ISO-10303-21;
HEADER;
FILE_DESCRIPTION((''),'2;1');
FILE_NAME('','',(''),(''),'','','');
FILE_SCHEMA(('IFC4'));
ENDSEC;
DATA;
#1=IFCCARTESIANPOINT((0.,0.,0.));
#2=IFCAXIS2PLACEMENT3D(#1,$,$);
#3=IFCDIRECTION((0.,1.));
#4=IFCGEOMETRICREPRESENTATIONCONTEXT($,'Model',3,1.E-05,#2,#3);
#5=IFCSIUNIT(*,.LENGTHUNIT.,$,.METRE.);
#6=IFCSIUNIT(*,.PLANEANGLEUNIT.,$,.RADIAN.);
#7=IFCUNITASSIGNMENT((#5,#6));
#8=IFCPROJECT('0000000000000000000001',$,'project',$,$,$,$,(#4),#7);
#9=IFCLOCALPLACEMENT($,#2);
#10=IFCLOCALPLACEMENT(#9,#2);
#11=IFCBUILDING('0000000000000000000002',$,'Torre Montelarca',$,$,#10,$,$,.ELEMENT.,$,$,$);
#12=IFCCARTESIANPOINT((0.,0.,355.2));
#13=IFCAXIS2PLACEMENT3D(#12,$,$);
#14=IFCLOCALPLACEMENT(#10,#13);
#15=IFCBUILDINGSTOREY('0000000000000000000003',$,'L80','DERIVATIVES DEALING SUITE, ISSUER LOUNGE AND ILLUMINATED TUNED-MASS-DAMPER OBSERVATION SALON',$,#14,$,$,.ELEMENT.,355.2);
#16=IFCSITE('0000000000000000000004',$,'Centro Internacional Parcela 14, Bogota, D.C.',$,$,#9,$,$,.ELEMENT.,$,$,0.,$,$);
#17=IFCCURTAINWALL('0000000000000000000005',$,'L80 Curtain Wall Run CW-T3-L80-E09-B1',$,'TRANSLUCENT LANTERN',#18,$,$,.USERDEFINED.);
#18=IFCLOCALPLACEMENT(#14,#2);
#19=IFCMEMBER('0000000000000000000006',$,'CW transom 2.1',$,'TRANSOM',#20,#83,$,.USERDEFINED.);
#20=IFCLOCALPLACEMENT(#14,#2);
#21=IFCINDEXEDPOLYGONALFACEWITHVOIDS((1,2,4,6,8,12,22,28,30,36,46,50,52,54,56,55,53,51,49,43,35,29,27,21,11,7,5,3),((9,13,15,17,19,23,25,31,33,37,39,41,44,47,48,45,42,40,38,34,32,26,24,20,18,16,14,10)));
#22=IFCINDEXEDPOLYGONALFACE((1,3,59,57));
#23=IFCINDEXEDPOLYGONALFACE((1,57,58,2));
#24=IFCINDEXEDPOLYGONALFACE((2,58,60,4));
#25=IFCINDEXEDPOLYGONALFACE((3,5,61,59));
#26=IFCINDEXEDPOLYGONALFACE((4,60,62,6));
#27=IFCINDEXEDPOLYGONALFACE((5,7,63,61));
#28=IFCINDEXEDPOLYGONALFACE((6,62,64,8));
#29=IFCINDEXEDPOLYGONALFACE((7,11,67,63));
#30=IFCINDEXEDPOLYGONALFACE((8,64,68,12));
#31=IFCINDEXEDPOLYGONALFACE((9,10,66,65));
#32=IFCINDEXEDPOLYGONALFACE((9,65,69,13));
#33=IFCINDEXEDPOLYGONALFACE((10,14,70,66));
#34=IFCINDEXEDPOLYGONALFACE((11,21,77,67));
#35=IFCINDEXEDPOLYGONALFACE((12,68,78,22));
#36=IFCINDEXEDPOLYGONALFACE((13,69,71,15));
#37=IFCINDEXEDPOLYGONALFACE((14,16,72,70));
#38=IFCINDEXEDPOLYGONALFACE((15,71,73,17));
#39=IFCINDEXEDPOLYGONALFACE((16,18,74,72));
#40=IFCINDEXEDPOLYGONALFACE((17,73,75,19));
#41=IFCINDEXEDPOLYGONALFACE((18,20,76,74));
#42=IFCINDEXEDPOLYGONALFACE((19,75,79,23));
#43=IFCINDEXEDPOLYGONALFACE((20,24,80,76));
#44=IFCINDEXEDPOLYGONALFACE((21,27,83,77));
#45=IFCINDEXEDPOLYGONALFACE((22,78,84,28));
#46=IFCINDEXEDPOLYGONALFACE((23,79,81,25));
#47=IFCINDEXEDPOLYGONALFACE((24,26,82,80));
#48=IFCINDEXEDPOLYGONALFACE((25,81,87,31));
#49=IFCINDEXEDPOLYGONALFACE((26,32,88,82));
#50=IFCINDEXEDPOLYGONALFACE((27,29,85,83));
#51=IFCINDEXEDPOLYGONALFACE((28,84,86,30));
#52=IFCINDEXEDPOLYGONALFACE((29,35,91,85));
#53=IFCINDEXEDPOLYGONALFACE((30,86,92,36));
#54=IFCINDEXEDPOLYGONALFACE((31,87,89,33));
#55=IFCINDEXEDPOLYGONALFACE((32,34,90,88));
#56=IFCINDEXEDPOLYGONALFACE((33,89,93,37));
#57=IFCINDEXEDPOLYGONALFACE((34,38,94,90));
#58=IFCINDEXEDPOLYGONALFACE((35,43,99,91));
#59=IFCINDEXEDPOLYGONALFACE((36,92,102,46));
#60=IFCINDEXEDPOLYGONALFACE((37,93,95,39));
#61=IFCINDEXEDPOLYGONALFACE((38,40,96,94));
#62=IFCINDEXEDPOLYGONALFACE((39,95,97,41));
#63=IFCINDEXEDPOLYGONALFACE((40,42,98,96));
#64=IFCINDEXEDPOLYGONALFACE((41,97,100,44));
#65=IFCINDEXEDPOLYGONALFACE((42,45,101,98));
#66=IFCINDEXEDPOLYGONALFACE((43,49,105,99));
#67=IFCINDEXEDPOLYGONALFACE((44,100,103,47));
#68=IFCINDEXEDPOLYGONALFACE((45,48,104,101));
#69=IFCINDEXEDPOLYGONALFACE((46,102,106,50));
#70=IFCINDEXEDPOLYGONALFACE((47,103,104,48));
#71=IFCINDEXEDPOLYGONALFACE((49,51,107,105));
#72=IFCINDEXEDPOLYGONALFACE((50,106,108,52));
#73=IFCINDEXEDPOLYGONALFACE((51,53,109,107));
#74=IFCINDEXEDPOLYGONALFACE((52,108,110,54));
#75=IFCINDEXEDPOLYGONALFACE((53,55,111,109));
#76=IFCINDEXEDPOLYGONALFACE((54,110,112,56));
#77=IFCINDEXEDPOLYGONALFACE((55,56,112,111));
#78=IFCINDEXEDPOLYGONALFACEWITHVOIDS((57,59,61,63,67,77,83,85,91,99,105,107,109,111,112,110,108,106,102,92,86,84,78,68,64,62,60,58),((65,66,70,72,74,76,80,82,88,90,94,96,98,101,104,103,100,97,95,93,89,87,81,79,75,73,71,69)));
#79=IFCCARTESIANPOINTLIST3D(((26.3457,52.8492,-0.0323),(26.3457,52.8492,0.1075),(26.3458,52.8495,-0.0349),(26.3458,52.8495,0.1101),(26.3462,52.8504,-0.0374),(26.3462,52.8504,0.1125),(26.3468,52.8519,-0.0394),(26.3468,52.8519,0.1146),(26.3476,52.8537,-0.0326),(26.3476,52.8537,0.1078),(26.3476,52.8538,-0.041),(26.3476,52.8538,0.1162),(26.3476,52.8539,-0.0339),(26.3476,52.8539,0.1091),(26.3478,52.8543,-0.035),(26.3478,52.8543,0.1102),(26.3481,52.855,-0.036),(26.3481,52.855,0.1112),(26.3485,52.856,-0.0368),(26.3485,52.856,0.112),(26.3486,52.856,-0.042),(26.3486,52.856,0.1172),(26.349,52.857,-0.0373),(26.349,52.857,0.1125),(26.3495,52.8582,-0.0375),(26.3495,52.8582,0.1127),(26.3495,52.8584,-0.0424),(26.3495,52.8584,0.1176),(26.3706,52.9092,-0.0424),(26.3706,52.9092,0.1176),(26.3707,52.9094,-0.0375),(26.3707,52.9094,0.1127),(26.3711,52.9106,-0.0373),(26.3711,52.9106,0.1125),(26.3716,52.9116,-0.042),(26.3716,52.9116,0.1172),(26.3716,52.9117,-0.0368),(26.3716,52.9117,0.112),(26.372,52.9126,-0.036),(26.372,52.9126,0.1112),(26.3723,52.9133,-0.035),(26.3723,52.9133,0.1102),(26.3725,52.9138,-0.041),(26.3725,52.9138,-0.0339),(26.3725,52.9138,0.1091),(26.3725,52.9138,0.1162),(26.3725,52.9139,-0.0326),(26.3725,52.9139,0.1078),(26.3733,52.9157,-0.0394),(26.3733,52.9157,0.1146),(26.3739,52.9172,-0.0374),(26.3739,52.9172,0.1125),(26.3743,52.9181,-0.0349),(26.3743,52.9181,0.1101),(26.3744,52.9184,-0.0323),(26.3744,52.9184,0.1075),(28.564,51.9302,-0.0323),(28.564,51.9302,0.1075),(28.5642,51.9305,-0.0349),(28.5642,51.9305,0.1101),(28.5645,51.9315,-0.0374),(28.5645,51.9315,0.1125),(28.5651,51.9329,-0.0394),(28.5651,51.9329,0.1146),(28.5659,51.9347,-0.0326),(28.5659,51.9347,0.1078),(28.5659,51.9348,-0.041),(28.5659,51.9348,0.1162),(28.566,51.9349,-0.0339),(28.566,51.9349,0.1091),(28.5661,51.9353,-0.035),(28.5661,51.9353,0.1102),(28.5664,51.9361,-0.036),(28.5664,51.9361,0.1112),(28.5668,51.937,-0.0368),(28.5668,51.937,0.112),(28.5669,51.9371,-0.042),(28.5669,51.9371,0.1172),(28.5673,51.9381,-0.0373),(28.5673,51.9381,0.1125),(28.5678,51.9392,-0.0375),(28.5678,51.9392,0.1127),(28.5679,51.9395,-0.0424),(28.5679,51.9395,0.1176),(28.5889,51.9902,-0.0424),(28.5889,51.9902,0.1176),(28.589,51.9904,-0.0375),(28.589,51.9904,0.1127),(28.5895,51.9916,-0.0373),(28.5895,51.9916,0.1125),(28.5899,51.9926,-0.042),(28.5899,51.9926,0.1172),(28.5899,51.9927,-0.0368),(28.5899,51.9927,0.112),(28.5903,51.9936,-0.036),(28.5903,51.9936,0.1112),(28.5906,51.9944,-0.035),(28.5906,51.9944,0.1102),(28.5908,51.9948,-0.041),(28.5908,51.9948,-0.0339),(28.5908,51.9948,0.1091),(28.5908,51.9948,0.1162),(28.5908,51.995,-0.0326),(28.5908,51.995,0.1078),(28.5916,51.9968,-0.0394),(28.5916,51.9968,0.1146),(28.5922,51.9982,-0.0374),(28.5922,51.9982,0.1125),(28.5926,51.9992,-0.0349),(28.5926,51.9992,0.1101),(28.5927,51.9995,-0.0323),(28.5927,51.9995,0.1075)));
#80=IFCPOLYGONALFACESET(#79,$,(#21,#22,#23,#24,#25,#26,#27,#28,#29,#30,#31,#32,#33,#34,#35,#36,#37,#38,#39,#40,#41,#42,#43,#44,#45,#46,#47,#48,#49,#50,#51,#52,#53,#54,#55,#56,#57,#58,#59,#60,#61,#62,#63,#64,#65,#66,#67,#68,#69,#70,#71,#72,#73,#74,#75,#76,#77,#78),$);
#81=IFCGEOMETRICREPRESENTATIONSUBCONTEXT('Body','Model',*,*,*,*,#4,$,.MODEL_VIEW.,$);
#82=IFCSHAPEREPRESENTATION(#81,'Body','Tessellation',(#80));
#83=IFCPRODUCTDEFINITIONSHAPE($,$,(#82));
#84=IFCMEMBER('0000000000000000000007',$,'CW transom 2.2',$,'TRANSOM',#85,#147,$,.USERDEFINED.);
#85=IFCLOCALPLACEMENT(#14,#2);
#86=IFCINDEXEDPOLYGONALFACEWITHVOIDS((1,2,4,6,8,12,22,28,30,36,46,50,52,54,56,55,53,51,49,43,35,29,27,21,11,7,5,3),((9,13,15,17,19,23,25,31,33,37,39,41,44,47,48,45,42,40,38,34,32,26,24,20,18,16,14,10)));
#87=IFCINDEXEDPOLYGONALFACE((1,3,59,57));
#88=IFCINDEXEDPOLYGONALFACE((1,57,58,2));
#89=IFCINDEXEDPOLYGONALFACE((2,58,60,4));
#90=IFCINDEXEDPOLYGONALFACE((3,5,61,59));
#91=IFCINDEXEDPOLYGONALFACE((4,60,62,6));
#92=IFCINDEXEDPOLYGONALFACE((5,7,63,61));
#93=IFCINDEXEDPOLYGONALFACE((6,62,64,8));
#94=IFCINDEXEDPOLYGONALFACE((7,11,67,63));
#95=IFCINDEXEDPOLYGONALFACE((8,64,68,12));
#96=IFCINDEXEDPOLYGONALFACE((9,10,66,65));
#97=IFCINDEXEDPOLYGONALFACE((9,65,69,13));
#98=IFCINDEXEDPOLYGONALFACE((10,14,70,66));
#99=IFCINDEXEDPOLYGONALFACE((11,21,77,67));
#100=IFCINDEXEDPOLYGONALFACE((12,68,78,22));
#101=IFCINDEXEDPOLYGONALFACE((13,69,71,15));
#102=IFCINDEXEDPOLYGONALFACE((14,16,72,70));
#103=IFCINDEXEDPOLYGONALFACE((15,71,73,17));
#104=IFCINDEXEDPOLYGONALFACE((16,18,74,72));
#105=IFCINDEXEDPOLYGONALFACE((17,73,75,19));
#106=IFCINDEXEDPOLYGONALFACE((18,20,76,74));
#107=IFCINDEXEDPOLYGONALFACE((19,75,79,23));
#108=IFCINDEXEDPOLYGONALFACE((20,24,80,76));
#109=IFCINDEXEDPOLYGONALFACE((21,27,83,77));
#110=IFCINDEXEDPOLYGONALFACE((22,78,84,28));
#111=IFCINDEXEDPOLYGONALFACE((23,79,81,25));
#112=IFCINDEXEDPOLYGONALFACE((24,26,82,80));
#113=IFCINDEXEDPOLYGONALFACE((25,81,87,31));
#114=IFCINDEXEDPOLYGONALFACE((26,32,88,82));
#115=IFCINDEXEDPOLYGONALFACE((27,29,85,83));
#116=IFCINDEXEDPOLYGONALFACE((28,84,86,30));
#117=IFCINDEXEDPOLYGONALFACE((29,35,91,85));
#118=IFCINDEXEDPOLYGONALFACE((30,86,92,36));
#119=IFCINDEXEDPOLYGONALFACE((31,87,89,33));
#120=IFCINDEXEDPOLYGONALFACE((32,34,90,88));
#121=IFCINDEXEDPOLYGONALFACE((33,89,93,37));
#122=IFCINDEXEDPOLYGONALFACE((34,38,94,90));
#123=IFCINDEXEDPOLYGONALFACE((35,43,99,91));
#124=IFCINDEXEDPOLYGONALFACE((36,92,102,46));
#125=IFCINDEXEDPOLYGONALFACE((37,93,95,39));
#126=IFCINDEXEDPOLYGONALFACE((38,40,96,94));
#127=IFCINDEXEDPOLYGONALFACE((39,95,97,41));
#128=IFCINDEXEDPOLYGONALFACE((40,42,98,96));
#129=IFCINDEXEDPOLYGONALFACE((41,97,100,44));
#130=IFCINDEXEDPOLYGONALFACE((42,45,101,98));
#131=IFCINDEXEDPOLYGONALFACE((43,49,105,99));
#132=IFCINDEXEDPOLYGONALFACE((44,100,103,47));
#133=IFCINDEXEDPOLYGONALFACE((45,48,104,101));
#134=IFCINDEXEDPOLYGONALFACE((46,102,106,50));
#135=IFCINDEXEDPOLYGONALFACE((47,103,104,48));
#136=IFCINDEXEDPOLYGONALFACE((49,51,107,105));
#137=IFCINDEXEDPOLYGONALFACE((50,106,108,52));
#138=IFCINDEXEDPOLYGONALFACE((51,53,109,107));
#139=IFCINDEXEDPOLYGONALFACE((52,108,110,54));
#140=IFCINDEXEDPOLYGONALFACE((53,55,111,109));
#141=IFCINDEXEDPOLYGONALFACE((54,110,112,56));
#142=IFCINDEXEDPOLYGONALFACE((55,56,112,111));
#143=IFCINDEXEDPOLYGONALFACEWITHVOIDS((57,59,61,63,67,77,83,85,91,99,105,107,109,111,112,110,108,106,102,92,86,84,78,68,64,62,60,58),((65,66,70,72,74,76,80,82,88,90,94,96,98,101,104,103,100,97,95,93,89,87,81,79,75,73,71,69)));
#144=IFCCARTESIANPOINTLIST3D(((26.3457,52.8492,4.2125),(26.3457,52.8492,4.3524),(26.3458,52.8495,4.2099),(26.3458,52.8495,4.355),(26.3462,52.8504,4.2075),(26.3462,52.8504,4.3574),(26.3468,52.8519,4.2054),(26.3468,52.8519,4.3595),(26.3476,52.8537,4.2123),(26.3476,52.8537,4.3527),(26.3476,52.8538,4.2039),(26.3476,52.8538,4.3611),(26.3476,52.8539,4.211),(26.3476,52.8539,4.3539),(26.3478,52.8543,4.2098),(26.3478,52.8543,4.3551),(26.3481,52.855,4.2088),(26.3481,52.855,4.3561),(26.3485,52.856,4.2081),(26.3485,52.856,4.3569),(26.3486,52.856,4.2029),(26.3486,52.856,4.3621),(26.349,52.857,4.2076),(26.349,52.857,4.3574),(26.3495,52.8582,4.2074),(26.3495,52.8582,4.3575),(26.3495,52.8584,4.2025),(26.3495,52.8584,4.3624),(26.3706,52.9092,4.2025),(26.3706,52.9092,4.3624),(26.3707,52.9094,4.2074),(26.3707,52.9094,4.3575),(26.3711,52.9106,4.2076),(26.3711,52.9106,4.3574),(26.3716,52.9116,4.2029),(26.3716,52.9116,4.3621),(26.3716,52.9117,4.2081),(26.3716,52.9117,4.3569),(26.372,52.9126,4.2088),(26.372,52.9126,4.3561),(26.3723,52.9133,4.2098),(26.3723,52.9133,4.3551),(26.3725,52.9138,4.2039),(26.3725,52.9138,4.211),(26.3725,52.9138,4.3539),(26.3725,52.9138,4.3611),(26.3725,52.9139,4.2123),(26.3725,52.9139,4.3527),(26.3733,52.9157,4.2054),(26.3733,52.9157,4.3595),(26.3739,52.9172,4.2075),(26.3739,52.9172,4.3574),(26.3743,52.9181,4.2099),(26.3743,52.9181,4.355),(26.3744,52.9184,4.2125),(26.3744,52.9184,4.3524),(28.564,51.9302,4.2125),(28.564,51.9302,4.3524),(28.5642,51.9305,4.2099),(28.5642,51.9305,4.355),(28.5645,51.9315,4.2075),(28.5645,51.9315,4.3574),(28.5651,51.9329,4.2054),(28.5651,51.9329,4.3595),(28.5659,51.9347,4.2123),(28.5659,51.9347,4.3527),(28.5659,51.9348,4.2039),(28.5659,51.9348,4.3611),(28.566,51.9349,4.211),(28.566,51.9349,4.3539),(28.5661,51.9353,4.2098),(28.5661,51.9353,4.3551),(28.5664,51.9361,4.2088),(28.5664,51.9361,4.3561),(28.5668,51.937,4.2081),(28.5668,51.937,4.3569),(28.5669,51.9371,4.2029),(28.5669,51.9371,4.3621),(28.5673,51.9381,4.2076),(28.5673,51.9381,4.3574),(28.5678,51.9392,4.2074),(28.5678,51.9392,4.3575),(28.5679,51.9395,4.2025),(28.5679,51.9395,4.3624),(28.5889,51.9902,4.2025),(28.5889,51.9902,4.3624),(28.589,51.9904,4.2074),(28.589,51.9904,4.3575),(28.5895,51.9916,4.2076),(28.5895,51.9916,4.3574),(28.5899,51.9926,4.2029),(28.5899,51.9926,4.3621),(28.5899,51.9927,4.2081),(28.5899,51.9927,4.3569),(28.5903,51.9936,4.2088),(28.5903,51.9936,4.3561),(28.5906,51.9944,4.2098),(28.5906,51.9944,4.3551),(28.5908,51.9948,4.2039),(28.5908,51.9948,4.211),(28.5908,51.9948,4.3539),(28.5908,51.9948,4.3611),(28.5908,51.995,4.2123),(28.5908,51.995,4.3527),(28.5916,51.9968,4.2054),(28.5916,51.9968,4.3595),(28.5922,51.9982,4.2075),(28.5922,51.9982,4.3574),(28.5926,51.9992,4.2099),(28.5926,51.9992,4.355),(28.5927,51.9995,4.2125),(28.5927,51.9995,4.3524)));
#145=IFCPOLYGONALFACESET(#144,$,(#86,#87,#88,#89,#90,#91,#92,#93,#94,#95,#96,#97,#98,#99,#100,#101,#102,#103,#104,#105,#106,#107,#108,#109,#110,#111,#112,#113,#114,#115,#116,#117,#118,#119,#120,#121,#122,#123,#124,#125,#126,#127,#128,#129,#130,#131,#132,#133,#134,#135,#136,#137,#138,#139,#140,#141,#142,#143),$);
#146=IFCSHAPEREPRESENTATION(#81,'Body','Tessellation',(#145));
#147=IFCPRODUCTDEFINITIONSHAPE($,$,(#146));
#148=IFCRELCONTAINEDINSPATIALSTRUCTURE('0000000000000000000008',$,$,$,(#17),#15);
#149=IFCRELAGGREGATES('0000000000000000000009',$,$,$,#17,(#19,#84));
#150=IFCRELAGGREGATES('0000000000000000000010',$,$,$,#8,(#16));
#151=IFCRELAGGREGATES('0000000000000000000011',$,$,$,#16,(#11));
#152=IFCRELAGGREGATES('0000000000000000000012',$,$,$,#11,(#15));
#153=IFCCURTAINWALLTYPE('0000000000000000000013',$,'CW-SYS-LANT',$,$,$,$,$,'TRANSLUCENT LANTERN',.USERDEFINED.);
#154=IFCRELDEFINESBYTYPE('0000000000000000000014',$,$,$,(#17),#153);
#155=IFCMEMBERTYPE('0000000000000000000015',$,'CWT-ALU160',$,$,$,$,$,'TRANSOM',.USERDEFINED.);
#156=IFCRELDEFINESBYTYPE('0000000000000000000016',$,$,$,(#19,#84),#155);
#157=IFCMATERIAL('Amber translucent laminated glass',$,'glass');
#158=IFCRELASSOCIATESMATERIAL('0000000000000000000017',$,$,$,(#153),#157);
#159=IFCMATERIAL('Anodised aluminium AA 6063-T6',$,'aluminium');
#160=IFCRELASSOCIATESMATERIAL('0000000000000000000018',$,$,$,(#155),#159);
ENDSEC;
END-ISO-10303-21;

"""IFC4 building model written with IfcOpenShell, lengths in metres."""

from ifc_helpers import new_model, si_unit, direction, frame, origin, origin_2d, place, context, subcontext, project, spatial, hollow_rectangle, extrude, source, transform, mapped, material, material_profile, profile_set, type_object, element, aggregate, save


model = new_model("IFC4")

# Units and contexts
model_context = context("Model", 3, precision=1e-05, world=origin(), true_north=direction((0.0, 1.0)))
body_context = subcontext(model_context, "Body", "Model", "MODEL_VIEW")
ifc_project = project(units=[si_unit("LENGTHUNIT", "METRE"), si_unit("PLANEANGLEUNIT", "RADIAN")], contexts=[model_context])

# Site, building, storey
site_placement = place(None, origin())
site = spatial("IfcSite", under=ifc_project, at=site_placement, Name="Centro Internacional Parcela 14, Bogota, D.C.", CompositionType="ELEMENT", RefElevation=0.0)
building_placement = place(site_placement, origin())
building = spatial("IfcBuilding", under=site, at=building_placement, Name="Torre Montelarca", CompositionType="ELEMENT")
storey_placement = place(building_placement, frame((0.0, 0.0, 355.2)))
storey = spatial("IfcBuildingStorey", under=building, at=storey_placement, Name="L80", Description="DERIVATIVES DEALING SUITE, ISSUER LOUNGE AND ILLUMINATED TUNED-MASS-DAMPER OBSERVATION SALON", CompositionType="ELEMENT", Elevation=355.2)

# Curtain wall, members
ifc_material_1 = material(Name="Amber translucent laminated glass", Category="glass")
curtain_wall_type = type_object("IfcCurtainWallType", Name="CW-SYS-LANT", ElementType="TRANSLUCENT LANTERN", PredefinedType="USERDEFINED", material=ifc_material_1)
curtain_wall_placement = place(storey_placement, origin())
curtain_wall = element("IfcCurtainWall", 1, at=curtain_wall_placement, inside=storey, type_object=curtain_wall_type, Name="L80 Curtain Wall Run CW-T3-L80-E09-B1", ObjectType="TRANSLUCENT LANTERN", PredefinedType="USERDEFINED")
ifc_material_2 = material(Name="Anodised aluminium AA 6063-T6", Category="aluminium")
ifc_material_profile_1 = material_profile(ifc_material_2, hollow_rectangle(XDim=0.075, YDim=0.1599, WallThickness=0.0049, InnerFilletRadius=0.0049, OuterFilletRadius=0.01, at=origin_2d()), Name="ALU75X160X5", Category="aluminium")
ifc_profile_set_1 = profile_set([ifc_material_profile_1], Name="Anodised aluminium AA 6063-T6")
member_type_1 = type_object("IfcMemberType", Name="CWT-ALU160", ElementType="TRANSOM", PredefinedType="USERDEFINED", material=ifc_profile_set_1)
shared_shape_1 = source(origin(), body_context, "Body", "SweptSolid", [
    extrude(hollow_rectangle(XDim=0.075, YDim=0.1599, WallThickness=0.0049, InnerFilletRadius=0.0049, OuterFilletRadius=0.01, at=origin_2d()), origin(), (0.0, 0.0, 1.0), 2.4011),
])
member_1_placement = place(storey_placement, frame((28.5784, 51.9648, 0.0376), z_axis=(-0.923863, 0.382723, 0.0), x_axis=(-0.382723, -0.923863, 0.0)))
member_1 = element("IfcMember", 2, at=member_1_placement, type_object=member_type_1, Name="CW transom 2.1", ObjectType="TRANSOM", PredefinedType="USERDEFINED", context=body_context, shape_type="MappedRepresentation", body=[
    mapped(shared_shape_1, transform((0.0, 0.0, 0.0), scale=1.0)),
])
member_2_placement = place(storey_placement, frame((28.5784, 51.9648, 4.2825), z_axis=(-0.923863, 0.382723, 0.0), x_axis=(-0.382723, -0.923863, 0.0)))
member_2 = element("IfcMember", 3, at=member_2_placement, type_object=member_type_1, Name="CW transom 2.2", ObjectType="TRANSOM", PredefinedType="USERDEFINED", context=body_context, shape_type="MappedRepresentation", body=[
    mapped(shared_shape_1, transform((0.0, 0.0, 0.0), scale=1.0)),
])
aggregate(curtain_wall, [member_1, member_2])

save(model, "model.ifc")
